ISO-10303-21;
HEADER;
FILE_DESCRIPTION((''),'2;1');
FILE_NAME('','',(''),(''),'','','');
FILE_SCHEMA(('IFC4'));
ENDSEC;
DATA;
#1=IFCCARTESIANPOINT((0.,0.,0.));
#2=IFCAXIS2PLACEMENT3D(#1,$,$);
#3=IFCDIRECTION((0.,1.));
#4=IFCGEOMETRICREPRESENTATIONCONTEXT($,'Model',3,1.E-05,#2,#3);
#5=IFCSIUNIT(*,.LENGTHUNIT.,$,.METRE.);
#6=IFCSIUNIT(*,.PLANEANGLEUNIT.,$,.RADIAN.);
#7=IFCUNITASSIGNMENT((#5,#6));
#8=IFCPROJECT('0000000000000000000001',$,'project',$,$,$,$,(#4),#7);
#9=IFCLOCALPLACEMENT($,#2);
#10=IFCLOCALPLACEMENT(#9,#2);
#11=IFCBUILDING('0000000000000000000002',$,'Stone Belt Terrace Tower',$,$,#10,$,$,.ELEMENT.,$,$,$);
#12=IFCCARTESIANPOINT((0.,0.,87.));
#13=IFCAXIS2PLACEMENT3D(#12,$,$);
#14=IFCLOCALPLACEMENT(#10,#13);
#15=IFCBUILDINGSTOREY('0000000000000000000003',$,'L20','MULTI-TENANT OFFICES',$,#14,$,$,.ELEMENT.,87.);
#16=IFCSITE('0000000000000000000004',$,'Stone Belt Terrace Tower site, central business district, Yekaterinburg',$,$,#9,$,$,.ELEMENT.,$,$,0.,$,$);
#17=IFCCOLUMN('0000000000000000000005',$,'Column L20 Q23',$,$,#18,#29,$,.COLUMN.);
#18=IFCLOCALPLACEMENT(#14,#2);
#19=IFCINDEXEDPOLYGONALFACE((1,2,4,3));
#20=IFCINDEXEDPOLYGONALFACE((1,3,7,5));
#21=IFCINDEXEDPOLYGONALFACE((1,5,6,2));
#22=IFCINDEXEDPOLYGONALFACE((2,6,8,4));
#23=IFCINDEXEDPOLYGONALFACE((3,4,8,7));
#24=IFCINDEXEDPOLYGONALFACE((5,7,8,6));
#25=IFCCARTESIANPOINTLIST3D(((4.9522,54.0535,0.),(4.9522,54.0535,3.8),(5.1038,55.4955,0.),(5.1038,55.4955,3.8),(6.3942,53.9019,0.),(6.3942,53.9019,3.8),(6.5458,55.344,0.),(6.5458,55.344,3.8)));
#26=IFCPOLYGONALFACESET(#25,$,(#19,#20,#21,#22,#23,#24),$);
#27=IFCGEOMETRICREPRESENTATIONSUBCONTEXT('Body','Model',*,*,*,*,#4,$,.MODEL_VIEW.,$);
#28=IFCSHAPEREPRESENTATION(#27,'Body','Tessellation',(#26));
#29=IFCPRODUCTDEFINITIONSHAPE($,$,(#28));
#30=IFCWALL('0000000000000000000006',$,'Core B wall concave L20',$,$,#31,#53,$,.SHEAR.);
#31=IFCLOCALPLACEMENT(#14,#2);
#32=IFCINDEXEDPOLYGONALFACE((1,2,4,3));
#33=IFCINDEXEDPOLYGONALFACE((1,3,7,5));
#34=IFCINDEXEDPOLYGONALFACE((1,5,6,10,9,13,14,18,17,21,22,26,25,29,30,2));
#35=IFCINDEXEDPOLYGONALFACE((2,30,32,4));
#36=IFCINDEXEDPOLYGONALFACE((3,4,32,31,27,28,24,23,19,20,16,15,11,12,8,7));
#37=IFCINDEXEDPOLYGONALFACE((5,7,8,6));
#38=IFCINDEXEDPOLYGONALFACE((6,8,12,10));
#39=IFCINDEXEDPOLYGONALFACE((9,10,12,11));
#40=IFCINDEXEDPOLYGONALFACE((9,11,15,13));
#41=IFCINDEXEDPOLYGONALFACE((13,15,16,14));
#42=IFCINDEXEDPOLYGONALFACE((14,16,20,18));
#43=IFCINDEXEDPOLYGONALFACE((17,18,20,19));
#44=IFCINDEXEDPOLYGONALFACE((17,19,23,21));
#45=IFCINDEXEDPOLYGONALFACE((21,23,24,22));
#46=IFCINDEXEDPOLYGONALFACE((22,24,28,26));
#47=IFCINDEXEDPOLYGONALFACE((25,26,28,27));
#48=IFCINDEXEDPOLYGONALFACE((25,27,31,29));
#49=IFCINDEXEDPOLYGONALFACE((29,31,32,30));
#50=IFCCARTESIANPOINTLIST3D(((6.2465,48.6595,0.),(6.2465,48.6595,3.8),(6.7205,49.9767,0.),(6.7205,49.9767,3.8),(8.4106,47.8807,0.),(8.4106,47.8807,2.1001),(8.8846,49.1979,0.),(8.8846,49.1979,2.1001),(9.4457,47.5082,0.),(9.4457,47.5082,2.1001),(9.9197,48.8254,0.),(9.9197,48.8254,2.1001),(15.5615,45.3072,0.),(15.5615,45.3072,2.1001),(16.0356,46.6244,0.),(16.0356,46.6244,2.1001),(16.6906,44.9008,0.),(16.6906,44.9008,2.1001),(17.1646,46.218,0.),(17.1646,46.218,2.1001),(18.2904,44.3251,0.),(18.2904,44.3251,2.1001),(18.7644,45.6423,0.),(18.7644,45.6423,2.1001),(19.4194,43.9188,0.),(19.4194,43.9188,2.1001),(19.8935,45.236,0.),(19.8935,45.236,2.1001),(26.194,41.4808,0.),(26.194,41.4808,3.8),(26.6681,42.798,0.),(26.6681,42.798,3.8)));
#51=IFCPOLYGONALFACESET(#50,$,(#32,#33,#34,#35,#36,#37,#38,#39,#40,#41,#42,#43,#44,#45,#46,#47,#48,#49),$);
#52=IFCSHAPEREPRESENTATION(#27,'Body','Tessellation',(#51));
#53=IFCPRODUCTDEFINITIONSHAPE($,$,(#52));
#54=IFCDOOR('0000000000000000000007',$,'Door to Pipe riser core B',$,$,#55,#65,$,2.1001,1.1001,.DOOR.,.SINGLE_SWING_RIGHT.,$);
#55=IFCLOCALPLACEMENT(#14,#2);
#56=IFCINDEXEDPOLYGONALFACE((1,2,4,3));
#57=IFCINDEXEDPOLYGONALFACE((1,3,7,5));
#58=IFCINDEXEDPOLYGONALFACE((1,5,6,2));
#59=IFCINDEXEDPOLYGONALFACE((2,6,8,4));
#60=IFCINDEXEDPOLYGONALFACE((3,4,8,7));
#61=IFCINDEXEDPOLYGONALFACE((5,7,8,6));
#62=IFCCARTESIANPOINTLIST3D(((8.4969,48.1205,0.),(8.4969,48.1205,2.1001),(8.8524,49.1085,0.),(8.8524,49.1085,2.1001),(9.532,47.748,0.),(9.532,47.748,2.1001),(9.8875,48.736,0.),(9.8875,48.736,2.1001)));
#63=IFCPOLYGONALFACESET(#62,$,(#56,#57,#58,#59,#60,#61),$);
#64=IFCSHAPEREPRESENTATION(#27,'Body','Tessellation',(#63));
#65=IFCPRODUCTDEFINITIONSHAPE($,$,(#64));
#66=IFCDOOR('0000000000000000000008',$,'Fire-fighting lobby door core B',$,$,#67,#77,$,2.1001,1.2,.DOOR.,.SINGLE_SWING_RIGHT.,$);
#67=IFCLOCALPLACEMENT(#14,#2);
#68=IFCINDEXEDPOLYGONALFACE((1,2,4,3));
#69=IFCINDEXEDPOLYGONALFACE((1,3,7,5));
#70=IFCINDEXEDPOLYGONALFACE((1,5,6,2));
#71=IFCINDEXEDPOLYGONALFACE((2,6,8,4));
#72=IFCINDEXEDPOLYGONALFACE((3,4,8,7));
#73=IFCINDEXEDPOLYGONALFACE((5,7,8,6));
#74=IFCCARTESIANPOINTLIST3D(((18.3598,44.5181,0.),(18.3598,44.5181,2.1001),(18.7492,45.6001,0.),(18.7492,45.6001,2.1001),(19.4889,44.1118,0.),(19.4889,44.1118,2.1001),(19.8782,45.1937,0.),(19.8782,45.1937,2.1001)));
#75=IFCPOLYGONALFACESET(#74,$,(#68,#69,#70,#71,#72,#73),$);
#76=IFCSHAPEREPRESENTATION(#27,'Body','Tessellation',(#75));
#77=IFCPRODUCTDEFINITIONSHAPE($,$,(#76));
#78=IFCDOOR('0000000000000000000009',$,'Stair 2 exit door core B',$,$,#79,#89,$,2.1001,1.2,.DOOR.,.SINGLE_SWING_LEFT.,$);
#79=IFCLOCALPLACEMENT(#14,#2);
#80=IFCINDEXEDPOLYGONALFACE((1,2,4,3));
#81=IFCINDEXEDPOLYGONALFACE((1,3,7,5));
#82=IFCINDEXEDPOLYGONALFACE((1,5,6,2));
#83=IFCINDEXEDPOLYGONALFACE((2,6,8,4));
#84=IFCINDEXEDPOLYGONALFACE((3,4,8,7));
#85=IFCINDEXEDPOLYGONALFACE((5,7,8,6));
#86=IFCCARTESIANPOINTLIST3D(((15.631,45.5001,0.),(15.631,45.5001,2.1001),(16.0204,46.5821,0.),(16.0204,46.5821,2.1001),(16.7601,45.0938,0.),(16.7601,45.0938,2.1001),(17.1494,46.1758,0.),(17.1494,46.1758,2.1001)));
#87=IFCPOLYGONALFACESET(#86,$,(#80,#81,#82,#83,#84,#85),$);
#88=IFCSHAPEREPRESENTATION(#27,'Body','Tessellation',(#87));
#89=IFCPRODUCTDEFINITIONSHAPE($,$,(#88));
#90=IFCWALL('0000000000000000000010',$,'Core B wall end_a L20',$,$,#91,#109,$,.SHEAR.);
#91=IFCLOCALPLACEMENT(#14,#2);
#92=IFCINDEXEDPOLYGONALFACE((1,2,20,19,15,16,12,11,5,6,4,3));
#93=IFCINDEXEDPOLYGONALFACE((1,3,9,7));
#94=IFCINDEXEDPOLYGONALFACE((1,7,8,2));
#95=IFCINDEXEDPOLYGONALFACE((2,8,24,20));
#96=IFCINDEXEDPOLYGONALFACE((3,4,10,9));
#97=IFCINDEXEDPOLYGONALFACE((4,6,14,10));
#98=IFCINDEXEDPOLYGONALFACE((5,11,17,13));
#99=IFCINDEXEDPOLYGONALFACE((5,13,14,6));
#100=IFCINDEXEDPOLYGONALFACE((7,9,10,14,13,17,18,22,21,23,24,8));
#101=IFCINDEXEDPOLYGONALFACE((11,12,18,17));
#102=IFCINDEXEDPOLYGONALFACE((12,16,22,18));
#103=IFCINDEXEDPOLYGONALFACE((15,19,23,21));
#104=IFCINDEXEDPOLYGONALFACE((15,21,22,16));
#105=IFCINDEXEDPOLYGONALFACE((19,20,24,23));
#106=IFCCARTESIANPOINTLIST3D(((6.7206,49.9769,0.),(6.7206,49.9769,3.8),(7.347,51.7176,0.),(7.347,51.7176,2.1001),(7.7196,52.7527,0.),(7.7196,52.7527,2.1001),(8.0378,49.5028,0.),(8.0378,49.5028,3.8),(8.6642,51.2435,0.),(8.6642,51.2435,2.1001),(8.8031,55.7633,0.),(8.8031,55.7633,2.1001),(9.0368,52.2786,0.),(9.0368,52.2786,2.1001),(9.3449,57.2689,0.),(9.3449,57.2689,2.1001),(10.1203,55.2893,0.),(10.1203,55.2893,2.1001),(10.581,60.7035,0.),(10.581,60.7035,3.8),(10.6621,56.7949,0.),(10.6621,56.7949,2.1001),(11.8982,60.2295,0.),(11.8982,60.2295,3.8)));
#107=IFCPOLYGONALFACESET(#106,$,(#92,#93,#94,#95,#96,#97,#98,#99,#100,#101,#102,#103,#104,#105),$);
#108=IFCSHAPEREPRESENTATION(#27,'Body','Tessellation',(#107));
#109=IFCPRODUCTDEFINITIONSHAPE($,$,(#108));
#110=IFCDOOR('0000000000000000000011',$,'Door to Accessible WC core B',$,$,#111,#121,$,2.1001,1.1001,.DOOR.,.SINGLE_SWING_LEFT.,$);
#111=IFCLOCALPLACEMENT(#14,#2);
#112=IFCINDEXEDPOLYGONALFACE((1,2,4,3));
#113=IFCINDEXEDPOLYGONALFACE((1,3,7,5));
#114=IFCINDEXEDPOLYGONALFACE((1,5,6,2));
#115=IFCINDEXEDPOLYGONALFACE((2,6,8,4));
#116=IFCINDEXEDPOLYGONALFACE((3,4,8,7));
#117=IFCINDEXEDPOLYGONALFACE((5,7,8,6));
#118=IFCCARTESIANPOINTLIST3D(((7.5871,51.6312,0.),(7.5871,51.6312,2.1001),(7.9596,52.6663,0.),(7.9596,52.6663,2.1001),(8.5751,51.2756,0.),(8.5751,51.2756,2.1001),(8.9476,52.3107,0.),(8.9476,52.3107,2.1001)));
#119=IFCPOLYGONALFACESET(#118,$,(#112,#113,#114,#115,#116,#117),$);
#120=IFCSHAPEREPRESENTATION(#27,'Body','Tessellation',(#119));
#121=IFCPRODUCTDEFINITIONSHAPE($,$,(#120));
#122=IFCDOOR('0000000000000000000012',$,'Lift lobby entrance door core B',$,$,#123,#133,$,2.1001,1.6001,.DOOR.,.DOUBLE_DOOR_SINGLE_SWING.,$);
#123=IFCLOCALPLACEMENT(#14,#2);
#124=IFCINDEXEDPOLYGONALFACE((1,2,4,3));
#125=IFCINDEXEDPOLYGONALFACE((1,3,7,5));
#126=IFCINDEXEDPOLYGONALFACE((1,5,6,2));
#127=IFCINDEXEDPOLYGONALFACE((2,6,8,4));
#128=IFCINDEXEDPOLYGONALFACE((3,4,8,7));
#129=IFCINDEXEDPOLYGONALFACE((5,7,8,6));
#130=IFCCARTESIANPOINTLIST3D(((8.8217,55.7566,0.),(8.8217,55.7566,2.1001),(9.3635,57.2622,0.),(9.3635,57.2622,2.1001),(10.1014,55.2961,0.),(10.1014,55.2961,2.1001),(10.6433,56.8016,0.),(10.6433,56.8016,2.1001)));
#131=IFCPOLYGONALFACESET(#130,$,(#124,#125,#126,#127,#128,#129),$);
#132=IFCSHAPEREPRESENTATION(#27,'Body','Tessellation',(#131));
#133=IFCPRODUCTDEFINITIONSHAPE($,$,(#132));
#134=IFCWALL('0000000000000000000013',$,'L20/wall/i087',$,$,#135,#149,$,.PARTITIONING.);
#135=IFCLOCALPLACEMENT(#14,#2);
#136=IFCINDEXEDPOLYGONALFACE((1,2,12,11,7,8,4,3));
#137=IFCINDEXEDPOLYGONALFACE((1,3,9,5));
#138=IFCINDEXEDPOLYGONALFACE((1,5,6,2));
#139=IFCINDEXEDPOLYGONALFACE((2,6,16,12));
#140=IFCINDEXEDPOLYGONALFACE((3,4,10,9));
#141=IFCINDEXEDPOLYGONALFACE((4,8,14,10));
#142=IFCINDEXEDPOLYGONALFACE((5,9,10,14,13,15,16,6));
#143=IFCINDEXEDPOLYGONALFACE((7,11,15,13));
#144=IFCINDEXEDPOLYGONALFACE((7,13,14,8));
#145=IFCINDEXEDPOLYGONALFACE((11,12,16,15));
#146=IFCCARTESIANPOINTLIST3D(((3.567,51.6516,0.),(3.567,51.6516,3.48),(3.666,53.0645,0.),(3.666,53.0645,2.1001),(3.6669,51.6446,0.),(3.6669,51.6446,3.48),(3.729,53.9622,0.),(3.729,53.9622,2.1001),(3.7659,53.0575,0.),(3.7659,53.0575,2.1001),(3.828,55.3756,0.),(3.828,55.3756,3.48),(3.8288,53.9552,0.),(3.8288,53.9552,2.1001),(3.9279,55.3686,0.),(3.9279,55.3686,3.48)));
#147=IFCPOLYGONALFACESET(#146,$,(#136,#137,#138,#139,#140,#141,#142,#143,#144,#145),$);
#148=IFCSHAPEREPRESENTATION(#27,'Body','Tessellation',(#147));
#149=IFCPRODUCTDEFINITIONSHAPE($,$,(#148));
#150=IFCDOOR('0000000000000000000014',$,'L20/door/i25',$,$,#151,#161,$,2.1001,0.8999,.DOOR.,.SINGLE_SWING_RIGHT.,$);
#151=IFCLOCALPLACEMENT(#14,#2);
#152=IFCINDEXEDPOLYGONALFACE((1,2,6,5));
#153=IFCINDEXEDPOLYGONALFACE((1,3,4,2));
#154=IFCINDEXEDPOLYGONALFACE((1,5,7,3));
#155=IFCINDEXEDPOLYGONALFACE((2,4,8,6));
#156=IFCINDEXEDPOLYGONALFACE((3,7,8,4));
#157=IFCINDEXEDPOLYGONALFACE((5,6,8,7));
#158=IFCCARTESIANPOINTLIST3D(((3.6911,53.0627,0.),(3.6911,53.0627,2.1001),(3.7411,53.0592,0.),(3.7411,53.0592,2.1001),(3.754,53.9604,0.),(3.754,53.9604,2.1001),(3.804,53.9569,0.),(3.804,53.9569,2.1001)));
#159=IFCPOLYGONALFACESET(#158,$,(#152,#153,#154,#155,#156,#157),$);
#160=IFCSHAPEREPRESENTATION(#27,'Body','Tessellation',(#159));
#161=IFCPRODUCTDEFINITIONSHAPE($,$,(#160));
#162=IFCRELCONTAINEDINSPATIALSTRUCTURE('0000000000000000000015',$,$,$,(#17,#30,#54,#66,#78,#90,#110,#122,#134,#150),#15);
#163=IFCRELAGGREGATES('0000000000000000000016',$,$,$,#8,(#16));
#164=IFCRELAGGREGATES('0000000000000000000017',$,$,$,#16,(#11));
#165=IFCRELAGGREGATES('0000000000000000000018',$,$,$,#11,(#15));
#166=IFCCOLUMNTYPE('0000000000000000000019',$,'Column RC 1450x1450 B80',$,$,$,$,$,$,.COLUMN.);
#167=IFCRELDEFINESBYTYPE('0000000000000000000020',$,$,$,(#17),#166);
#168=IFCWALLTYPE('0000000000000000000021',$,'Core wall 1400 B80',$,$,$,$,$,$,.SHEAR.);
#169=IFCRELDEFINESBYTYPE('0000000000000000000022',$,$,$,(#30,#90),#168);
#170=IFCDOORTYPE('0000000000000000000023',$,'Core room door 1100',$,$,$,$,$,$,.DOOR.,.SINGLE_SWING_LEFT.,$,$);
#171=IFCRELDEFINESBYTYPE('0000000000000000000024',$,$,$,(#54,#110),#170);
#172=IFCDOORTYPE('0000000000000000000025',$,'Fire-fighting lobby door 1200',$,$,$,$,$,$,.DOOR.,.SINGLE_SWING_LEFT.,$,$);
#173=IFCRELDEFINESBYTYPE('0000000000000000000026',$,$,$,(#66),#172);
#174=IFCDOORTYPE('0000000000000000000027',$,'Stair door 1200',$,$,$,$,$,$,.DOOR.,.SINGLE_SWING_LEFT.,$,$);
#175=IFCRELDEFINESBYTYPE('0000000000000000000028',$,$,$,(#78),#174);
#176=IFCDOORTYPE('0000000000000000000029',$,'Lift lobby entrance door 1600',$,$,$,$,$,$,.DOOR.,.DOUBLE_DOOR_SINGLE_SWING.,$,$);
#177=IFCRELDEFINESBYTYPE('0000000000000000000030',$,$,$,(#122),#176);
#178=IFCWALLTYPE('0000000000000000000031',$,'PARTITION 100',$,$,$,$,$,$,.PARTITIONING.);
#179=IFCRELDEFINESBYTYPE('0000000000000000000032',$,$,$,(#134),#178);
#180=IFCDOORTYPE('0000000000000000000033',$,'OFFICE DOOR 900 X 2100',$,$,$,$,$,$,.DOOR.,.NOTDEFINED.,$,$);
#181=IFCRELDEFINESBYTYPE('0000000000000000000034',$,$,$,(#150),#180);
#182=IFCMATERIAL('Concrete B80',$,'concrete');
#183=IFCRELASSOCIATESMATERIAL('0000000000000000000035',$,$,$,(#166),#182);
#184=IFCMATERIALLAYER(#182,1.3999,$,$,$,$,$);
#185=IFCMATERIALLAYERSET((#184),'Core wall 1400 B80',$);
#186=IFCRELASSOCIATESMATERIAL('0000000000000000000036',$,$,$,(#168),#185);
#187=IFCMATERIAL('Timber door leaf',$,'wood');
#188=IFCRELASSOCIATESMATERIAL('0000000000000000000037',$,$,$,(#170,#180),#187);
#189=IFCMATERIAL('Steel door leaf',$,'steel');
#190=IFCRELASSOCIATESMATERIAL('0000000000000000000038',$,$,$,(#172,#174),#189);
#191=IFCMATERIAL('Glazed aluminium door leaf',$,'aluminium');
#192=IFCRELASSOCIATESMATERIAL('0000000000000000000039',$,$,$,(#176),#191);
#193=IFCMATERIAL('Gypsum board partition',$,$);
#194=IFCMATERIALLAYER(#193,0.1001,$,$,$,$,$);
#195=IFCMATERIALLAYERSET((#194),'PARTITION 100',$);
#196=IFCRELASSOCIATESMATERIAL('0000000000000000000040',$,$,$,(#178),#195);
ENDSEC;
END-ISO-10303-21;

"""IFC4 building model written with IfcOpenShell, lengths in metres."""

from ifc_helpers import new_model, si_unit, direction, frame, frame_2d, origin, origin_2d, place, context, subcontext, project, spatial, rectangle, extrude, material, layer, layer_set, material_profile, profile_set, type_object, element, fill, save


model = new_model("IFC4")

# Units and contexts
model_context = context("Model", 3, precision=1e-05, world=origin(), true_north=direction((0.0, 1.0)))
body_context = subcontext(model_context, "Body", "Model", "MODEL_VIEW")
ifc_project = project(units=[si_unit("LENGTHUNIT", "METRE"), si_unit("PLANEANGLEUNIT", "RADIAN")], contexts=[model_context])

# Site, building, storey
site_placement = place(None, origin())
site = spatial("IfcSite", under=ifc_project, at=site_placement, Name="Stone Belt Terrace Tower site, central business district, Yekaterinburg", CompositionType="ELEMENT", RefElevation=0.0)
building_placement = place(site_placement, origin())
building = spatial("IfcBuilding", under=site, at=building_placement, Name="Stone Belt Terrace Tower", CompositionType="ELEMENT")
storey_placement = place(building_placement, frame((0.0, 0.0, 87.0)))
storey = spatial("IfcBuildingStorey", under=building, at=storey_placement, Name="L20", Description="MULTI-TENANT OFFICES", CompositionType="ELEMENT", Elevation=87.0)

# Column
ifc_material_1 = material(Name="Concrete B80", Category="concrete")
ifc_material_profile = material_profile(ifc_material_1, rectangle(XDim=1.45, YDim=1.45, at=origin_2d()), Name="RC 1450x1450")
ifc_profile_set = profile_set([ifc_material_profile], Name="Concrete B80")
column_type = type_object("IfcColumnType", Name="Column RC 1450x1450 B80", PredefinedType="COLUMN", material=ifc_profile_set)
column_placement = place(storey_placement, frame((5.749, 54.6987, 0.0), z_axis=(0.0, 0.0, 1.0), x_axis=(0.994522, -0.104528, 0.0)))
element("IfcColumn", 1, at=column_placement, inside=storey, type_object=column_type, Name="Column L20 Q23", PredefinedType="COLUMN", context=body_context, shape_type="SweptSolid", body=[
    extrude(rectangle(XDim=1.45, YDim=1.45, at=origin_2d()), origin(), (0.0, 0.0, 1.0), 3.8),
])

# Walls, openings, doors
ifc_layer_1 = layer(ifc_material_1, 1.3999)
ifc_layer_set_1 = layer_set([ifc_layer_1], Name="Core wall 1400 B80")
wall_type_1 = type_object("IfcWallType", Name="Core wall 1400 B80", PredefinedType="SHEAR", material=ifc_layer_set_1)
wall_1_placement = place(storey_placement, frame((6.4834, 49.3181, 0.0), z_axis=(0.0, 0.0, 1.0), x_axis=(0.940923, -0.33862, 0.0)))
wall_1 = element("IfcWall", 2, at=wall_1_placement, inside=storey, type_object=wall_type_1, Name="Core B wall concave L20", PredefinedType="SHEAR", context=body_context, shape_type="SweptSolid", body=[
    extrude(rectangle(XDim=21.2, YDim=1.3999, at=frame_2d((10.6001, 0.0))), origin(), (0.0, 0.0, 1.0), 3.8),
])
opening_1_placement = place(wall_1_placement, frame((12.8, 0.0, 0.0)))
opening_1 = element("IfcOpeningElement", 3, at=opening_1_placement, cuts=wall_1, PredefinedType="OPENING", context=body_context, shape_type="SweptSolid", body=[
    extrude(rectangle(XDim=1.2, YDim=2.1001, at=frame_2d((0.6001, 1.05))), frame((0.0, 0.71, 0.0), z_axis=(0.0, -1.0, 0.0), x_axis=(1.0, 0.0, 0.0)), (0.0, 0.0, 1.0), 1.4199),
])
opening_2_placement = place(wall_1_placement, frame((9.8999, 0.0, 0.0)))
opening_2 = element("IfcOpeningElement", 4, at=opening_2_placement, cuts=wall_1, PredefinedType="OPENING", context=body_context, shape_type="SweptSolid", body=[
    extrude(rectangle(XDim=1.2, YDim=2.1001, at=frame_2d((0.6001, 1.05))), frame((0.0, 0.71, 0.0), z_axis=(0.0, -1.0, 0.0), x_axis=(1.0, 0.0, 0.0)), (0.0, 0.0, 1.0), 1.4199),
])
opening_3_placement = place(wall_1_placement, frame((2.3, 0.0, 0.0)))
opening_3 = element("IfcOpeningElement", 5, at=opening_3_placement, cuts=wall_1, PredefinedType="OPENING", context=body_context, shape_type="SweptSolid", body=[
    extrude(rectangle(XDim=1.1001, YDim=2.1001, at=frame_2d((0.55, 1.05))), frame((0.0, 0.71, 0.0), z_axis=(0.0, -1.0, 0.0), x_axis=(1.0, 0.0, 0.0)), (0.0, 0.0, 1.0), 1.4199),
])
ifc_material_2 = material(Name="Timber door leaf", Category="wood")
door_type_1 = type_object("IfcDoorType", Name="Core room door 1100", OperationType="SINGLE_SWING_LEFT", PredefinedType="DOOR", material=ifc_material_2)
door_1_placement = place(opening_3_placement, origin())
door_1 = element("IfcDoor", 6, at=door_1_placement, inside=storey, type_object=door_type_1, Name="Door to Pipe riser core B", OperationType="SINGLE_SWING_RIGHT", OverallHeight=2.1001, OverallWidth=1.1001, PredefinedType="DOOR", context=body_context, shape_type="SweptSolid", body=[
    extrude(rectangle(XDim=1.1001, YDim=2.1001, at=frame_2d((0.55, 1.05))), frame((0.0, 0.605, 0.0), z_axis=(0.0, -1.0, 0.0), x_axis=(1.0, 0.0, 0.0)), (0.0, 0.0, 1.0), 1.05),
])
fill(opening_3, door_1)
ifc_material_3 = material(Name="Steel door leaf", Category="steel")
door_type_2 = type_object("IfcDoorType", Name="Fire-fighting lobby door 1200", OperationType="SINGLE_SWING_LEFT", PredefinedType="DOOR", material=ifc_material_3)
door_2_placement = place(opening_1_placement, origin())
door_2 = element("IfcDoor", 7, at=door_2_placement, inside=storey, type_object=door_type_2, Name="Fire-fighting lobby door core B", OperationType="SINGLE_SWING_RIGHT", OverallHeight=2.1001, OverallWidth=1.2, PredefinedType="DOOR", context=body_context, shape_type="SweptSolid", body=[
    extrude(rectangle(XDim=1.2, YDim=2.1001, at=frame_2d((0.6001, 1.05))), frame((0.0, 0.655, 0.0), z_axis=(0.0, -1.0, 0.0), x_axis=(1.0, 0.0, 0.0)), (0.0, 0.0, 1.0), 1.1499),
])
fill(opening_1, door_2)
door_type_3 = type_object("IfcDoorType", Name="Stair door 1200", OperationType="SINGLE_SWING_LEFT", PredefinedType="DOOR", material=ifc_material_3)
door_3_placement = place(opening_2_placement, origin())
door_3 = element("IfcDoor", 8, at=door_3_placement, inside=storey, type_object=door_type_3, Name="Stair 2 exit door core B", OperationType="SINGLE_SWING_LEFT", OverallHeight=2.1001, OverallWidth=1.2, PredefinedType="DOOR", context=body_context, shape_type="SweptSolid", body=[
    extrude(rectangle(XDim=1.2, YDim=2.1001, at=frame_2d((0.6001, 1.05))), frame((0.0, 0.655, 0.0), z_axis=(0.0, -1.0, 0.0), x_axis=(1.0, 0.0, 0.0)), (0.0, 0.0, 1.0), 1.1499),
])
fill(opening_2, door_3)
wall_2_placement = place(storey_placement, frame((7.3792, 49.7397, 0.0), z_axis=(0.0, 0.0, 1.0), x_axis=(0.338625, 0.940921, 0.0)))
wall_2 = element("IfcWall", 9, at=wall_2_placement, inside=storey, type_object=wall_type_1, Name="Core B wall end_a L20", PredefinedType="SHEAR", context=body_context, shape_type="SweptSolid", body=[
    extrude(rectangle(XDim=11.4001, YDim=1.3999, at=frame_2d((5.7002, 0.0))), origin(), (0.0, 0.0, 1.0), 3.8),
])
opening_4_placement = place(wall_2_placement, frame((6.1499, 0.0, 0.0)))
opening_4 = element("IfcOpeningElement", 10, at=opening_4_placement, cuts=wall_2, PredefinedType="OPENING", context=body_context, shape_type="SweptSolid", body=[
    extrude(rectangle(XDim=1.6001, YDim=2.1001, at=frame_2d((0.8, 1.05))), frame((0.0, 0.71, 0.0), z_axis=(0.0, -1.0, 0.0), x_axis=(1.0, 0.0, 0.0)), (0.0, 0.0, 1.0), 1.4199),
])
opening_5_placement = place(wall_2_placement, frame((1.8501, 0.0, 0.0)))
opening_5 = element("IfcOpeningElement", 11, at=opening_5_placement, cuts=wall_2, PredefinedType="OPENING", context=body_context, shape_type="SweptSolid", body=[
    extrude(rectangle(XDim=1.1001, YDim=2.1001, at=frame_2d((0.55, 1.05))), frame((0.0, 0.71, 0.0), z_axis=(0.0, -1.0, 0.0), x_axis=(1.0, 0.0, 0.0)), (0.0, 0.0, 1.0), 1.4199),
])
door_4_placement = place(opening_5_placement, origin())
door_4 = element("IfcDoor", 12, at=door_4_placement, inside=storey, type_object=door_type_1, Name="Door to Accessible WC core B", OperationType="SINGLE_SWING_LEFT", OverallHeight=2.1001, OverallWidth=1.1001, PredefinedType="DOOR", context=body_context, shape_type="SweptSolid", body=[
    extrude(rectangle(XDim=1.1001, YDim=2.1001, at=frame_2d((0.55, 1.05))), frame((0.0, 0.4448, 0.0), z_axis=(0.0, -1.0, 0.0), x_axis=(1.0, 0.0, 0.0)), (0.0, 0.0, 1.0), 1.05),
])
fill(opening_5, door_4)
ifc_material_4 = material(Name="Glazed aluminium door leaf", Category="aluminium")
door_type_4 = type_object("IfcDoorType", Name="Lift lobby entrance door 1600", OperationType="DOUBLE_DOOR_SINGLE_SWING", PredefinedType="DOOR", material=ifc_material_4)
door_5_placement = place(opening_4_placement, origin())
door_5 = element("IfcDoor", 13, at=door_5_placement, inside=storey, type_object=door_type_4, Name="Lift lobby entrance door core B", OperationType="DOUBLE_DOOR_SINGLE_SWING", OverallHeight=2.1001, OverallWidth=1.6001, PredefinedType="DOOR", context=body_context, shape_type="SweptSolid", body=[
    extrude(rectangle(XDim=1.6001, YDim=2.1001, at=frame_2d((0.8, 1.05))), frame((0.0, 0.6802, 0.0), z_axis=(0.0, -1.0, 0.0), x_axis=(1.0, 0.0, 0.0)), (0.0, 0.0, 1.0), 1.3601),
])
fill(opening_4, door_5)

# Wall, opening, door
ifc_material_5 = material(Name="Gypsum board partition")
ifc_layer_2 = layer(ifc_material_5, 0.1001)
ifc_layer_set_2 = layer_set([ifc_layer_2], Name="PARTITION 100")
wall_type_2 = type_object("IfcWallType", Name="PARTITION 100", PredefinedType="PARTITIONING", material=ifc_layer_set_2)
wall_3_placement = place(storey_placement, frame((3.6169, 51.6479, 0.0), z_axis=(0.0, 0.0, 1.0), x_axis=(0.069909, 0.997553, 0.0)))
wall_3 = element("IfcWall", 14, at=wall_3_placement, inside=storey, type_object=wall_type_2, Name="L20/wall/i087", PredefinedType="PARTITIONING", context=body_context, shape_type="SweptSolid", body=[
    extrude(rectangle(XDim=3.7332, YDim=0.1001, at=frame_2d((1.8667, 0.0))), origin(), (0.0, 0.0, 1.0), 3.48),
])
opening_6_placement = place(wall_3_placement, frame((1.4165, 0.0, 0.0)))
opening_6 = element("IfcOpeningElement", 15, at=opening_6_placement, cuts=wall_3, PredefinedType="OPENING", context=body_context, shape_type="SweptSolid", body=[
    extrude(rectangle(XDim=0.8999, YDim=2.1001, at=frame_2d((0.45, 1.05))), frame((0.0, 0.0601, 0.0), z_axis=(0.0, -1.0, 0.0), x_axis=(1.0, 0.0, 0.0)), (0.0, 0.0, 1.0), 0.1201),
])
door_type_5 = type_object("IfcDoorType", Name="OFFICE DOOR 900 X 2100", OperationType="NOTDEFINED", PredefinedType="DOOR", material=ifc_material_2)
door_6_placement = place(opening_6_placement, origin())
door_6 = element("IfcDoor", 16, at=door_6_placement, inside=storey, type_object=door_type_5, Name="L20/door/i25", OperationType="SINGLE_SWING_RIGHT", OverallHeight=2.1001, OverallWidth=0.8999, PredefinedType="DOOR", context=body_context, shape_type="SweptSolid", body=[
    extrude(rectangle(XDim=0.8999, YDim=2.1001, at=frame_2d((0.45, 1.05))), frame((0.0, 0.0249, 0.0), z_axis=(0.0, -1.0, 0.0), x_axis=(1.0, 0.0, 0.0)), (0.0, 0.0, 1.0), 0.05),
])
fill(opening_6, door_6)

save(model, "model.ifc")
